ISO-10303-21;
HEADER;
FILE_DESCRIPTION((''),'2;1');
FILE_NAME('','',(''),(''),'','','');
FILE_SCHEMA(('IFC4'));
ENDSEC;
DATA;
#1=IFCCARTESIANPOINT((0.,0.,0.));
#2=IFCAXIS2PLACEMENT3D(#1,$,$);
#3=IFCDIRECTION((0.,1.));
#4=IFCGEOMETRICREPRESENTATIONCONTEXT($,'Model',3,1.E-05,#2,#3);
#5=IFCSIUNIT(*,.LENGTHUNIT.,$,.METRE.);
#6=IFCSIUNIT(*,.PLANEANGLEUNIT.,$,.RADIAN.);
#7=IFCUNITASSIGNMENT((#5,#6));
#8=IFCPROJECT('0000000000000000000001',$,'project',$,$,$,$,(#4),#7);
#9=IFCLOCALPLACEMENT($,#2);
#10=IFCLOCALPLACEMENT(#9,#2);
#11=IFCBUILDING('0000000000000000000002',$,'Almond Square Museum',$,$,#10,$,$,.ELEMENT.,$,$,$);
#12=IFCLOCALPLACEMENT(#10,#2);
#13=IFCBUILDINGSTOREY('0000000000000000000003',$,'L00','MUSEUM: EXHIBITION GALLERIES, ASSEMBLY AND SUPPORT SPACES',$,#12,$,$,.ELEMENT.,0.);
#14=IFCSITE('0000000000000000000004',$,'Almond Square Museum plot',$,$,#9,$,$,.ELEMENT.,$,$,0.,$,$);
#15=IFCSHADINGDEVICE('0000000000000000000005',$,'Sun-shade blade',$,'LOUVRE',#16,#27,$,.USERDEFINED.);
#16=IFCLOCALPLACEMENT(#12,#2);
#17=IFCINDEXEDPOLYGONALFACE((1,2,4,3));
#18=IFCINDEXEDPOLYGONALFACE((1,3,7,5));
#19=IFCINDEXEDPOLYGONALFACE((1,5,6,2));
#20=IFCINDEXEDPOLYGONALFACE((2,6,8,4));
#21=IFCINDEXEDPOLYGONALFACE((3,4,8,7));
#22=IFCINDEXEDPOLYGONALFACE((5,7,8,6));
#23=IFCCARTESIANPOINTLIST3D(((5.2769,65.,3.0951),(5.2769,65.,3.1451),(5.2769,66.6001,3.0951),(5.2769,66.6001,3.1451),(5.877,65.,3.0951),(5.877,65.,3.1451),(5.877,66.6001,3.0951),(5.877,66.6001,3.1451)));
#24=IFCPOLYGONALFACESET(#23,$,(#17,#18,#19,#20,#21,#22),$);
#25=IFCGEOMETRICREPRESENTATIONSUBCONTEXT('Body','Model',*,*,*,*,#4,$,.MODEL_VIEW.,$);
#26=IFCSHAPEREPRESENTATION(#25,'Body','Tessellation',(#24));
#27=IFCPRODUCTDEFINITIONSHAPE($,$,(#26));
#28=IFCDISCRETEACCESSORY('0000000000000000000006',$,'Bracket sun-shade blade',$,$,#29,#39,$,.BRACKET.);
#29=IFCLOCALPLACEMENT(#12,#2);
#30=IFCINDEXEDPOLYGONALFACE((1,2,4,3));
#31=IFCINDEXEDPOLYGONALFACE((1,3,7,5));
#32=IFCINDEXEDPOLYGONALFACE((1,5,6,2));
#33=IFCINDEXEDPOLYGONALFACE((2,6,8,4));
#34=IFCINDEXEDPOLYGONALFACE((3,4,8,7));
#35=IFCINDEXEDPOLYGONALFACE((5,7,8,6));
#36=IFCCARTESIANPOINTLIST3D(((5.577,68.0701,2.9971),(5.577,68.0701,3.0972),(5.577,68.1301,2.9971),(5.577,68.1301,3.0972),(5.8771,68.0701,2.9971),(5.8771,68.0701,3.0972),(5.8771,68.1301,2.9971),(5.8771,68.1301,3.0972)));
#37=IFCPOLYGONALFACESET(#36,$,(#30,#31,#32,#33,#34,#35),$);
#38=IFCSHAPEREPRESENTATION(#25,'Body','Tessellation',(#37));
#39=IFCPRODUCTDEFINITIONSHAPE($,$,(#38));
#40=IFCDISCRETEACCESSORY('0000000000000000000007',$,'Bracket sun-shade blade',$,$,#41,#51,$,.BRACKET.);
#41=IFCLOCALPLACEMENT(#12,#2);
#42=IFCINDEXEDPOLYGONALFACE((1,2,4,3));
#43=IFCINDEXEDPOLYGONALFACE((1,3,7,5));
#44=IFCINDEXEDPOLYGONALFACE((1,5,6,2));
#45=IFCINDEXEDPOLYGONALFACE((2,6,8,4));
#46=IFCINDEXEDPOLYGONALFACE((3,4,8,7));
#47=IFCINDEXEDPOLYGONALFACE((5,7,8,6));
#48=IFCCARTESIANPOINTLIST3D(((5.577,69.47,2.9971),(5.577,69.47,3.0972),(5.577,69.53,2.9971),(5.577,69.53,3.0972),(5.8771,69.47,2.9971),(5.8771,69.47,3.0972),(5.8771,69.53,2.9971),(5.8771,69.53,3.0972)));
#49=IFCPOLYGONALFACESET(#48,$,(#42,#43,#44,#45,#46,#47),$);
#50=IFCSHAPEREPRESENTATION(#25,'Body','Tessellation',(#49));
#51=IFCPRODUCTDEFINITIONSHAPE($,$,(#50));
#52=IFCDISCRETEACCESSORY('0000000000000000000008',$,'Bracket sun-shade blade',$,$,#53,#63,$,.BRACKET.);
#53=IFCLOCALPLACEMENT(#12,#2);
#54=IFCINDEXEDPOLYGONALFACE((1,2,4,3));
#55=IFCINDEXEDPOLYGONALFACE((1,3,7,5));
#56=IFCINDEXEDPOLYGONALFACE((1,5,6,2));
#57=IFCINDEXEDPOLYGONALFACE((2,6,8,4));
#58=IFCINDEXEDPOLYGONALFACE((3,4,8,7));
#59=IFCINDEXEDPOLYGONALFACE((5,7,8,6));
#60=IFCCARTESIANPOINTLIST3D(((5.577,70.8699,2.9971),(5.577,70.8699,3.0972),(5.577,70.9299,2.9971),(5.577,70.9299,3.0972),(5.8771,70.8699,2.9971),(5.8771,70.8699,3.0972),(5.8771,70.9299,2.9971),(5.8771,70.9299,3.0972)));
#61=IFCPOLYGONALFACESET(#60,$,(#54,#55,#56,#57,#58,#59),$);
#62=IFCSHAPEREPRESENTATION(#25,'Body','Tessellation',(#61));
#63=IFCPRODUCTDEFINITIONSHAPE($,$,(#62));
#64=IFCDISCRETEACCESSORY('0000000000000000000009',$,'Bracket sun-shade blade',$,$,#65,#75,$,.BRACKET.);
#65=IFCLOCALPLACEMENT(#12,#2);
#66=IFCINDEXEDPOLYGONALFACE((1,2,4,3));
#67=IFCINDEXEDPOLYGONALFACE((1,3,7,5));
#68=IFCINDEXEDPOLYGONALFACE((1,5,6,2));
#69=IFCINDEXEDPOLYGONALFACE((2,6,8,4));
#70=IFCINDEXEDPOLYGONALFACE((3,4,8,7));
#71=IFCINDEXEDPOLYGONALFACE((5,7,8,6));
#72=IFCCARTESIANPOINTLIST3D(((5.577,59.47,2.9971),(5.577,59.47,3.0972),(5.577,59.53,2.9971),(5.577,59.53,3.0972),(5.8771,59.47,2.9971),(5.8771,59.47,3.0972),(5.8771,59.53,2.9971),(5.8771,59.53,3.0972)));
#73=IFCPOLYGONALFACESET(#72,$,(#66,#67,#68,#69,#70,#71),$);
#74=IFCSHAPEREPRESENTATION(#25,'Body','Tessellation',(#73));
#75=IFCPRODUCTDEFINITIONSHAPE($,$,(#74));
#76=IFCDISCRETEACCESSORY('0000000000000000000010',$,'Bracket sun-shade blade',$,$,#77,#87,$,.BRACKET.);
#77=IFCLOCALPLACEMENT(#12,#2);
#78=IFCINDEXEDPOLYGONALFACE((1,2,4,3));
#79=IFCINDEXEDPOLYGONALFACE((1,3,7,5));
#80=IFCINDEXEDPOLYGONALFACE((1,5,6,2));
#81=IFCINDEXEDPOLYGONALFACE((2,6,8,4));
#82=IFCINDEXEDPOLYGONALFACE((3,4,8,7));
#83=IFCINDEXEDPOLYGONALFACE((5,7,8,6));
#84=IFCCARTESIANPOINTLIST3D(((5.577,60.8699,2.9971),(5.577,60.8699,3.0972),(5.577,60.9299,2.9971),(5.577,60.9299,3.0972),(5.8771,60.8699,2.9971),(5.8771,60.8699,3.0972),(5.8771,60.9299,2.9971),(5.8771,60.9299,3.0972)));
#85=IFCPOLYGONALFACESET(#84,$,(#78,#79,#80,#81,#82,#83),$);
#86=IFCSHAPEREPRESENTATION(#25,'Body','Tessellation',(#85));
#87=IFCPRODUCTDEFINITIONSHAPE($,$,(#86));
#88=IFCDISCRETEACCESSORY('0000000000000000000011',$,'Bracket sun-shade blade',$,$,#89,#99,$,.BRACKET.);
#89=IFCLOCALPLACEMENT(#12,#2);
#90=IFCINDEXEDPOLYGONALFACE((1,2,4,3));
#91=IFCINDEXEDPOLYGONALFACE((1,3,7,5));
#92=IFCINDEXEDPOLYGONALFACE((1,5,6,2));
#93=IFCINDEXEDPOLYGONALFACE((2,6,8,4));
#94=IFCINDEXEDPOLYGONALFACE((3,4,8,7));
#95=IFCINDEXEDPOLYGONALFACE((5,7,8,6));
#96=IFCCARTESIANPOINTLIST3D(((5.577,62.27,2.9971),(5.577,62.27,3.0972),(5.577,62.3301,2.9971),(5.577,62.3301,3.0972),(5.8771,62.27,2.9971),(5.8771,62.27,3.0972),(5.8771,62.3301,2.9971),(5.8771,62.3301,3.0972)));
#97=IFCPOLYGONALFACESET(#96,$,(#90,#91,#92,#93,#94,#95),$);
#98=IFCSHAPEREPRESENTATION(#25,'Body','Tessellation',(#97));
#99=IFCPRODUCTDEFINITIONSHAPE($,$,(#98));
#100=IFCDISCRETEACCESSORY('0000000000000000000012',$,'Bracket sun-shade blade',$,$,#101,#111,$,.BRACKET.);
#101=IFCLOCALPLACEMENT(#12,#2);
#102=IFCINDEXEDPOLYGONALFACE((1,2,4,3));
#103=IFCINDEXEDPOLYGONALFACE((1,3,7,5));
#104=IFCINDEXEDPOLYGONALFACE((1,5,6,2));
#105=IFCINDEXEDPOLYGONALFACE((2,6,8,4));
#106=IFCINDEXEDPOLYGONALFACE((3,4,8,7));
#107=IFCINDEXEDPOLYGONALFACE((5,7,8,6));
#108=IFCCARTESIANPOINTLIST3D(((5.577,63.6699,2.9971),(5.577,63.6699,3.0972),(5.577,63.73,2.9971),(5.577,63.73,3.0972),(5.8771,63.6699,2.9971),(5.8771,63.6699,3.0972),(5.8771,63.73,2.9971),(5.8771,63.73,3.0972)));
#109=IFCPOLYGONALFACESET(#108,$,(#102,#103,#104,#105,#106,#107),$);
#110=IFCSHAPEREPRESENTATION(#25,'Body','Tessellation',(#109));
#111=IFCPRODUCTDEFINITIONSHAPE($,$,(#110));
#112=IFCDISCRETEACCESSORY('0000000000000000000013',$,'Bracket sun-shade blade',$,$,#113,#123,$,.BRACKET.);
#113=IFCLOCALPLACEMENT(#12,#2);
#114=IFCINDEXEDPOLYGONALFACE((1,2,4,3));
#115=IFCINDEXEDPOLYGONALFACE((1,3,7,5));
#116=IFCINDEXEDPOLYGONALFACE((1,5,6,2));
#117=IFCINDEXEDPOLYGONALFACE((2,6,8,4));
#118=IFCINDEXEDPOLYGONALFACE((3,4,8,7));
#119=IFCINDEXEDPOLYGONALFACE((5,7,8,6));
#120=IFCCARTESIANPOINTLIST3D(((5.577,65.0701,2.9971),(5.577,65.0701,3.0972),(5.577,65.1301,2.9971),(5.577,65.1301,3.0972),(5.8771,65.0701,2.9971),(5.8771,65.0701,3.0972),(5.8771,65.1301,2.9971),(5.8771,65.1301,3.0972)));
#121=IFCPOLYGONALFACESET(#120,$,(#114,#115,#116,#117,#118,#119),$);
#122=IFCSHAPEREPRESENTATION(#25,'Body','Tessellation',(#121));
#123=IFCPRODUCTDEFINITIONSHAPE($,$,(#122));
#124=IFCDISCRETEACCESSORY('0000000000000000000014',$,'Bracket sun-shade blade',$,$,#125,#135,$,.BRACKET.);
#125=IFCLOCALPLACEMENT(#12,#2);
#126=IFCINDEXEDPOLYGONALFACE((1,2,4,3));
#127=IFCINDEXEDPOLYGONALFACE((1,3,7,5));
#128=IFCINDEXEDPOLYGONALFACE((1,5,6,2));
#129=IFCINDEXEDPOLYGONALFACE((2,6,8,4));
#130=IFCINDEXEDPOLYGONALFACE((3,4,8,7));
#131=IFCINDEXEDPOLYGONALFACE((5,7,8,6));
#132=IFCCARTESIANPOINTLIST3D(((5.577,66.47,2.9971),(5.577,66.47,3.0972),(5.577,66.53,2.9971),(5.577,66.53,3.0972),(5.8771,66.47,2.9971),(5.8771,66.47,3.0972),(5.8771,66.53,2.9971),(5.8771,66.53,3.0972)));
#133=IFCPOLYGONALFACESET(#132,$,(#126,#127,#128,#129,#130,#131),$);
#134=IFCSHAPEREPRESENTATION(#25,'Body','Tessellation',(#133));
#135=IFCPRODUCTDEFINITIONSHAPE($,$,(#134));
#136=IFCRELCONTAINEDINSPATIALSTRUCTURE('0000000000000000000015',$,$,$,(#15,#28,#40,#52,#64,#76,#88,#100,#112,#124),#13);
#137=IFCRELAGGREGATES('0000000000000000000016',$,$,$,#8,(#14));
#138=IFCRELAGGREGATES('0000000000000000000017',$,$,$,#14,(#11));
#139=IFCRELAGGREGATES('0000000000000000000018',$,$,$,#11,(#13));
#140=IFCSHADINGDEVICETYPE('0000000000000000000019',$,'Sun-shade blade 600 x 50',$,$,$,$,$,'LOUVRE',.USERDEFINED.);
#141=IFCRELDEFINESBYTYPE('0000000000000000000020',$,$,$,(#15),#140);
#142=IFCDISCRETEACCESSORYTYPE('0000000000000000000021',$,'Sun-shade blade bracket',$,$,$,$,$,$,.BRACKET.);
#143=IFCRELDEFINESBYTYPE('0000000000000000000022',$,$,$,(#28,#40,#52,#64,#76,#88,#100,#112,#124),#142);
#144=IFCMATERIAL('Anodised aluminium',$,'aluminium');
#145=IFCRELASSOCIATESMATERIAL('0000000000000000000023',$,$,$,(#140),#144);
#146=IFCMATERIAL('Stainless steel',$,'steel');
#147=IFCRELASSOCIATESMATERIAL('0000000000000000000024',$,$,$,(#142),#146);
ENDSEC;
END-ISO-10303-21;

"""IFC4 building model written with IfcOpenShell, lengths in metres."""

from ifc_helpers import new_model, si_unit, direction, frame, origin, origin_2d, place, context, subcontext, project, spatial, rectangle, extrude, material, material_profile, profile_set, type_object, element, save


model = new_model("IFC4")

# Units and contexts
model_context = context("Model", 3, precision=1e-05, world=origin(), true_north=direction((0.0, 1.0)))
body_context = subcontext(model_context, "Body", "Model", "MODEL_VIEW")
ifc_project = project(units=[si_unit("LENGTHUNIT", "METRE"), si_unit("PLANEANGLEUNIT", "RADIAN")], contexts=[model_context])

# Site, building, storey
site_placement = place(None, origin())
site = spatial("IfcSite", under=ifc_project, at=site_placement, Name="Almond Square Museum plot", CompositionType="ELEMENT", RefElevation=0.0)
building_placement = place(site_placement, origin())
building = spatial("IfcBuilding", under=site, at=building_placement, Name="Almond Square Museum", CompositionType="ELEMENT")
storey_placement = place(building_placement, origin())
storey = spatial("IfcBuildingStorey", under=building, at=storey_placement, Name="L00", Description="MUSEUM: EXHIBITION GALLERIES, ASSEMBLY AND SUPPORT SPACES", CompositionType="ELEMENT", Elevation=0.0)

# Shading device
ifc_material_1 = material(Name="Anodised aluminium", Category="aluminium")
ifc_material_profile_1 = material_profile(ifc_material_1, rectangle(XDim=0.6001, YDim=0.05, at=origin_2d()))
ifc_profile_set_1 = profile_set([ifc_material_profile_1], Name="Anodised aluminium")
shading_device_type = type_object("IfcShadingDeviceType", Name="Sun-shade blade 600 x 50", ElementType="LOUVRE", PredefinedType="USERDEFINED", material=ifc_profile_set_1)
for number, where, z_axis, x_axis, name in (
    (1, (5.5769, 65.0, 3.1201), (0.0, 1.0, 0.0), (-1.0, 0.0, 0.0), "Sun-shade blade"),
):
    element("IfcShadingDevice", number, at=place(storey_placement, frame(where, z_axis=z_axis, x_axis=x_axis)), inside=storey, type_object=shading_device_type, Name=name, ObjectType="LOUVRE", PredefinedType="USERDEFINED", context=body_context, shape_type="SweptSolid", body=[
        extrude(rectangle(XDim=0.6001, YDim=0.05, at=origin_2d()), origin(), (0.0, 0.0, 1.0), 1.6001),
    ])

# Discrete accessories
ifc_material_2 = material(Name="Stainless steel", Category="steel")
discrete_accessory_type = type_object("IfcDiscreteAccessoryType", Name="Sun-shade blade bracket", PredefinedType="BRACKET", material=ifc_material_2)
for number, where, z_axis, x_axis, name in (
    (2, (5.7271, 68.1001, 2.9971), (0.0, 0.0, 1.0), (1.0, 0.0, 0.0), "Bracket sun-shade blade"),
    (3, (5.7271, 69.5, 2.9971), (0.0, 0.0, 1.0), (1.0, 0.0, 0.0), "Bracket sun-shade blade"),
    (4, (5.7271, 70.8999, 2.9971), (0.0, 0.0, 1.0), (1.0, 0.0, 0.0), "Bracket sun-shade blade"),
    (5, (5.7271, 59.5, 2.9971), (0.0, 0.0, 1.0), (1.0, 0.0, 0.0), "Bracket sun-shade blade"),
    (6, (5.7271, 60.8999, 2.9971), (0.0, 0.0, 1.0), (1.0, 0.0, 0.0), "Bracket sun-shade blade"),
    (7, (5.7271, 62.3, 2.9971), (0.0, 0.0, 1.0), (1.0, 0.0, 0.0), "Bracket sun-shade blade"),
    (8, (5.7271, 63.7, 2.9971), (0.0, 0.0, 1.0), (1.0, 0.0, 0.0), "Bracket sun-shade blade"),
    (9, (5.7271, 65.1001, 2.9971), (0.0, 0.0, 1.0), (1.0, 0.0, 0.0), "Bracket sun-shade blade"),
    (10, (5.7271, 66.5, 2.9971), (0.0, 0.0, 1.0), (1.0, 0.0, 0.0), "Bracket sun-shade blade"),
):
    element("IfcDiscreteAccessory", number, at=place(storey_placement, frame(where, z_axis=z_axis, x_axis=x_axis)), inside=storey, type_object=discrete_accessory_type, Name=name, PredefinedType="BRACKET", context=body_context, shape_type="SweptSolid", body=[
        extrude(rectangle(XDim=0.3, YDim=0.0601, at=origin_2d()), origin(), (0.0, 0.0, 1.0), 0.1001),
    ])

save(model, "model.ifc")
